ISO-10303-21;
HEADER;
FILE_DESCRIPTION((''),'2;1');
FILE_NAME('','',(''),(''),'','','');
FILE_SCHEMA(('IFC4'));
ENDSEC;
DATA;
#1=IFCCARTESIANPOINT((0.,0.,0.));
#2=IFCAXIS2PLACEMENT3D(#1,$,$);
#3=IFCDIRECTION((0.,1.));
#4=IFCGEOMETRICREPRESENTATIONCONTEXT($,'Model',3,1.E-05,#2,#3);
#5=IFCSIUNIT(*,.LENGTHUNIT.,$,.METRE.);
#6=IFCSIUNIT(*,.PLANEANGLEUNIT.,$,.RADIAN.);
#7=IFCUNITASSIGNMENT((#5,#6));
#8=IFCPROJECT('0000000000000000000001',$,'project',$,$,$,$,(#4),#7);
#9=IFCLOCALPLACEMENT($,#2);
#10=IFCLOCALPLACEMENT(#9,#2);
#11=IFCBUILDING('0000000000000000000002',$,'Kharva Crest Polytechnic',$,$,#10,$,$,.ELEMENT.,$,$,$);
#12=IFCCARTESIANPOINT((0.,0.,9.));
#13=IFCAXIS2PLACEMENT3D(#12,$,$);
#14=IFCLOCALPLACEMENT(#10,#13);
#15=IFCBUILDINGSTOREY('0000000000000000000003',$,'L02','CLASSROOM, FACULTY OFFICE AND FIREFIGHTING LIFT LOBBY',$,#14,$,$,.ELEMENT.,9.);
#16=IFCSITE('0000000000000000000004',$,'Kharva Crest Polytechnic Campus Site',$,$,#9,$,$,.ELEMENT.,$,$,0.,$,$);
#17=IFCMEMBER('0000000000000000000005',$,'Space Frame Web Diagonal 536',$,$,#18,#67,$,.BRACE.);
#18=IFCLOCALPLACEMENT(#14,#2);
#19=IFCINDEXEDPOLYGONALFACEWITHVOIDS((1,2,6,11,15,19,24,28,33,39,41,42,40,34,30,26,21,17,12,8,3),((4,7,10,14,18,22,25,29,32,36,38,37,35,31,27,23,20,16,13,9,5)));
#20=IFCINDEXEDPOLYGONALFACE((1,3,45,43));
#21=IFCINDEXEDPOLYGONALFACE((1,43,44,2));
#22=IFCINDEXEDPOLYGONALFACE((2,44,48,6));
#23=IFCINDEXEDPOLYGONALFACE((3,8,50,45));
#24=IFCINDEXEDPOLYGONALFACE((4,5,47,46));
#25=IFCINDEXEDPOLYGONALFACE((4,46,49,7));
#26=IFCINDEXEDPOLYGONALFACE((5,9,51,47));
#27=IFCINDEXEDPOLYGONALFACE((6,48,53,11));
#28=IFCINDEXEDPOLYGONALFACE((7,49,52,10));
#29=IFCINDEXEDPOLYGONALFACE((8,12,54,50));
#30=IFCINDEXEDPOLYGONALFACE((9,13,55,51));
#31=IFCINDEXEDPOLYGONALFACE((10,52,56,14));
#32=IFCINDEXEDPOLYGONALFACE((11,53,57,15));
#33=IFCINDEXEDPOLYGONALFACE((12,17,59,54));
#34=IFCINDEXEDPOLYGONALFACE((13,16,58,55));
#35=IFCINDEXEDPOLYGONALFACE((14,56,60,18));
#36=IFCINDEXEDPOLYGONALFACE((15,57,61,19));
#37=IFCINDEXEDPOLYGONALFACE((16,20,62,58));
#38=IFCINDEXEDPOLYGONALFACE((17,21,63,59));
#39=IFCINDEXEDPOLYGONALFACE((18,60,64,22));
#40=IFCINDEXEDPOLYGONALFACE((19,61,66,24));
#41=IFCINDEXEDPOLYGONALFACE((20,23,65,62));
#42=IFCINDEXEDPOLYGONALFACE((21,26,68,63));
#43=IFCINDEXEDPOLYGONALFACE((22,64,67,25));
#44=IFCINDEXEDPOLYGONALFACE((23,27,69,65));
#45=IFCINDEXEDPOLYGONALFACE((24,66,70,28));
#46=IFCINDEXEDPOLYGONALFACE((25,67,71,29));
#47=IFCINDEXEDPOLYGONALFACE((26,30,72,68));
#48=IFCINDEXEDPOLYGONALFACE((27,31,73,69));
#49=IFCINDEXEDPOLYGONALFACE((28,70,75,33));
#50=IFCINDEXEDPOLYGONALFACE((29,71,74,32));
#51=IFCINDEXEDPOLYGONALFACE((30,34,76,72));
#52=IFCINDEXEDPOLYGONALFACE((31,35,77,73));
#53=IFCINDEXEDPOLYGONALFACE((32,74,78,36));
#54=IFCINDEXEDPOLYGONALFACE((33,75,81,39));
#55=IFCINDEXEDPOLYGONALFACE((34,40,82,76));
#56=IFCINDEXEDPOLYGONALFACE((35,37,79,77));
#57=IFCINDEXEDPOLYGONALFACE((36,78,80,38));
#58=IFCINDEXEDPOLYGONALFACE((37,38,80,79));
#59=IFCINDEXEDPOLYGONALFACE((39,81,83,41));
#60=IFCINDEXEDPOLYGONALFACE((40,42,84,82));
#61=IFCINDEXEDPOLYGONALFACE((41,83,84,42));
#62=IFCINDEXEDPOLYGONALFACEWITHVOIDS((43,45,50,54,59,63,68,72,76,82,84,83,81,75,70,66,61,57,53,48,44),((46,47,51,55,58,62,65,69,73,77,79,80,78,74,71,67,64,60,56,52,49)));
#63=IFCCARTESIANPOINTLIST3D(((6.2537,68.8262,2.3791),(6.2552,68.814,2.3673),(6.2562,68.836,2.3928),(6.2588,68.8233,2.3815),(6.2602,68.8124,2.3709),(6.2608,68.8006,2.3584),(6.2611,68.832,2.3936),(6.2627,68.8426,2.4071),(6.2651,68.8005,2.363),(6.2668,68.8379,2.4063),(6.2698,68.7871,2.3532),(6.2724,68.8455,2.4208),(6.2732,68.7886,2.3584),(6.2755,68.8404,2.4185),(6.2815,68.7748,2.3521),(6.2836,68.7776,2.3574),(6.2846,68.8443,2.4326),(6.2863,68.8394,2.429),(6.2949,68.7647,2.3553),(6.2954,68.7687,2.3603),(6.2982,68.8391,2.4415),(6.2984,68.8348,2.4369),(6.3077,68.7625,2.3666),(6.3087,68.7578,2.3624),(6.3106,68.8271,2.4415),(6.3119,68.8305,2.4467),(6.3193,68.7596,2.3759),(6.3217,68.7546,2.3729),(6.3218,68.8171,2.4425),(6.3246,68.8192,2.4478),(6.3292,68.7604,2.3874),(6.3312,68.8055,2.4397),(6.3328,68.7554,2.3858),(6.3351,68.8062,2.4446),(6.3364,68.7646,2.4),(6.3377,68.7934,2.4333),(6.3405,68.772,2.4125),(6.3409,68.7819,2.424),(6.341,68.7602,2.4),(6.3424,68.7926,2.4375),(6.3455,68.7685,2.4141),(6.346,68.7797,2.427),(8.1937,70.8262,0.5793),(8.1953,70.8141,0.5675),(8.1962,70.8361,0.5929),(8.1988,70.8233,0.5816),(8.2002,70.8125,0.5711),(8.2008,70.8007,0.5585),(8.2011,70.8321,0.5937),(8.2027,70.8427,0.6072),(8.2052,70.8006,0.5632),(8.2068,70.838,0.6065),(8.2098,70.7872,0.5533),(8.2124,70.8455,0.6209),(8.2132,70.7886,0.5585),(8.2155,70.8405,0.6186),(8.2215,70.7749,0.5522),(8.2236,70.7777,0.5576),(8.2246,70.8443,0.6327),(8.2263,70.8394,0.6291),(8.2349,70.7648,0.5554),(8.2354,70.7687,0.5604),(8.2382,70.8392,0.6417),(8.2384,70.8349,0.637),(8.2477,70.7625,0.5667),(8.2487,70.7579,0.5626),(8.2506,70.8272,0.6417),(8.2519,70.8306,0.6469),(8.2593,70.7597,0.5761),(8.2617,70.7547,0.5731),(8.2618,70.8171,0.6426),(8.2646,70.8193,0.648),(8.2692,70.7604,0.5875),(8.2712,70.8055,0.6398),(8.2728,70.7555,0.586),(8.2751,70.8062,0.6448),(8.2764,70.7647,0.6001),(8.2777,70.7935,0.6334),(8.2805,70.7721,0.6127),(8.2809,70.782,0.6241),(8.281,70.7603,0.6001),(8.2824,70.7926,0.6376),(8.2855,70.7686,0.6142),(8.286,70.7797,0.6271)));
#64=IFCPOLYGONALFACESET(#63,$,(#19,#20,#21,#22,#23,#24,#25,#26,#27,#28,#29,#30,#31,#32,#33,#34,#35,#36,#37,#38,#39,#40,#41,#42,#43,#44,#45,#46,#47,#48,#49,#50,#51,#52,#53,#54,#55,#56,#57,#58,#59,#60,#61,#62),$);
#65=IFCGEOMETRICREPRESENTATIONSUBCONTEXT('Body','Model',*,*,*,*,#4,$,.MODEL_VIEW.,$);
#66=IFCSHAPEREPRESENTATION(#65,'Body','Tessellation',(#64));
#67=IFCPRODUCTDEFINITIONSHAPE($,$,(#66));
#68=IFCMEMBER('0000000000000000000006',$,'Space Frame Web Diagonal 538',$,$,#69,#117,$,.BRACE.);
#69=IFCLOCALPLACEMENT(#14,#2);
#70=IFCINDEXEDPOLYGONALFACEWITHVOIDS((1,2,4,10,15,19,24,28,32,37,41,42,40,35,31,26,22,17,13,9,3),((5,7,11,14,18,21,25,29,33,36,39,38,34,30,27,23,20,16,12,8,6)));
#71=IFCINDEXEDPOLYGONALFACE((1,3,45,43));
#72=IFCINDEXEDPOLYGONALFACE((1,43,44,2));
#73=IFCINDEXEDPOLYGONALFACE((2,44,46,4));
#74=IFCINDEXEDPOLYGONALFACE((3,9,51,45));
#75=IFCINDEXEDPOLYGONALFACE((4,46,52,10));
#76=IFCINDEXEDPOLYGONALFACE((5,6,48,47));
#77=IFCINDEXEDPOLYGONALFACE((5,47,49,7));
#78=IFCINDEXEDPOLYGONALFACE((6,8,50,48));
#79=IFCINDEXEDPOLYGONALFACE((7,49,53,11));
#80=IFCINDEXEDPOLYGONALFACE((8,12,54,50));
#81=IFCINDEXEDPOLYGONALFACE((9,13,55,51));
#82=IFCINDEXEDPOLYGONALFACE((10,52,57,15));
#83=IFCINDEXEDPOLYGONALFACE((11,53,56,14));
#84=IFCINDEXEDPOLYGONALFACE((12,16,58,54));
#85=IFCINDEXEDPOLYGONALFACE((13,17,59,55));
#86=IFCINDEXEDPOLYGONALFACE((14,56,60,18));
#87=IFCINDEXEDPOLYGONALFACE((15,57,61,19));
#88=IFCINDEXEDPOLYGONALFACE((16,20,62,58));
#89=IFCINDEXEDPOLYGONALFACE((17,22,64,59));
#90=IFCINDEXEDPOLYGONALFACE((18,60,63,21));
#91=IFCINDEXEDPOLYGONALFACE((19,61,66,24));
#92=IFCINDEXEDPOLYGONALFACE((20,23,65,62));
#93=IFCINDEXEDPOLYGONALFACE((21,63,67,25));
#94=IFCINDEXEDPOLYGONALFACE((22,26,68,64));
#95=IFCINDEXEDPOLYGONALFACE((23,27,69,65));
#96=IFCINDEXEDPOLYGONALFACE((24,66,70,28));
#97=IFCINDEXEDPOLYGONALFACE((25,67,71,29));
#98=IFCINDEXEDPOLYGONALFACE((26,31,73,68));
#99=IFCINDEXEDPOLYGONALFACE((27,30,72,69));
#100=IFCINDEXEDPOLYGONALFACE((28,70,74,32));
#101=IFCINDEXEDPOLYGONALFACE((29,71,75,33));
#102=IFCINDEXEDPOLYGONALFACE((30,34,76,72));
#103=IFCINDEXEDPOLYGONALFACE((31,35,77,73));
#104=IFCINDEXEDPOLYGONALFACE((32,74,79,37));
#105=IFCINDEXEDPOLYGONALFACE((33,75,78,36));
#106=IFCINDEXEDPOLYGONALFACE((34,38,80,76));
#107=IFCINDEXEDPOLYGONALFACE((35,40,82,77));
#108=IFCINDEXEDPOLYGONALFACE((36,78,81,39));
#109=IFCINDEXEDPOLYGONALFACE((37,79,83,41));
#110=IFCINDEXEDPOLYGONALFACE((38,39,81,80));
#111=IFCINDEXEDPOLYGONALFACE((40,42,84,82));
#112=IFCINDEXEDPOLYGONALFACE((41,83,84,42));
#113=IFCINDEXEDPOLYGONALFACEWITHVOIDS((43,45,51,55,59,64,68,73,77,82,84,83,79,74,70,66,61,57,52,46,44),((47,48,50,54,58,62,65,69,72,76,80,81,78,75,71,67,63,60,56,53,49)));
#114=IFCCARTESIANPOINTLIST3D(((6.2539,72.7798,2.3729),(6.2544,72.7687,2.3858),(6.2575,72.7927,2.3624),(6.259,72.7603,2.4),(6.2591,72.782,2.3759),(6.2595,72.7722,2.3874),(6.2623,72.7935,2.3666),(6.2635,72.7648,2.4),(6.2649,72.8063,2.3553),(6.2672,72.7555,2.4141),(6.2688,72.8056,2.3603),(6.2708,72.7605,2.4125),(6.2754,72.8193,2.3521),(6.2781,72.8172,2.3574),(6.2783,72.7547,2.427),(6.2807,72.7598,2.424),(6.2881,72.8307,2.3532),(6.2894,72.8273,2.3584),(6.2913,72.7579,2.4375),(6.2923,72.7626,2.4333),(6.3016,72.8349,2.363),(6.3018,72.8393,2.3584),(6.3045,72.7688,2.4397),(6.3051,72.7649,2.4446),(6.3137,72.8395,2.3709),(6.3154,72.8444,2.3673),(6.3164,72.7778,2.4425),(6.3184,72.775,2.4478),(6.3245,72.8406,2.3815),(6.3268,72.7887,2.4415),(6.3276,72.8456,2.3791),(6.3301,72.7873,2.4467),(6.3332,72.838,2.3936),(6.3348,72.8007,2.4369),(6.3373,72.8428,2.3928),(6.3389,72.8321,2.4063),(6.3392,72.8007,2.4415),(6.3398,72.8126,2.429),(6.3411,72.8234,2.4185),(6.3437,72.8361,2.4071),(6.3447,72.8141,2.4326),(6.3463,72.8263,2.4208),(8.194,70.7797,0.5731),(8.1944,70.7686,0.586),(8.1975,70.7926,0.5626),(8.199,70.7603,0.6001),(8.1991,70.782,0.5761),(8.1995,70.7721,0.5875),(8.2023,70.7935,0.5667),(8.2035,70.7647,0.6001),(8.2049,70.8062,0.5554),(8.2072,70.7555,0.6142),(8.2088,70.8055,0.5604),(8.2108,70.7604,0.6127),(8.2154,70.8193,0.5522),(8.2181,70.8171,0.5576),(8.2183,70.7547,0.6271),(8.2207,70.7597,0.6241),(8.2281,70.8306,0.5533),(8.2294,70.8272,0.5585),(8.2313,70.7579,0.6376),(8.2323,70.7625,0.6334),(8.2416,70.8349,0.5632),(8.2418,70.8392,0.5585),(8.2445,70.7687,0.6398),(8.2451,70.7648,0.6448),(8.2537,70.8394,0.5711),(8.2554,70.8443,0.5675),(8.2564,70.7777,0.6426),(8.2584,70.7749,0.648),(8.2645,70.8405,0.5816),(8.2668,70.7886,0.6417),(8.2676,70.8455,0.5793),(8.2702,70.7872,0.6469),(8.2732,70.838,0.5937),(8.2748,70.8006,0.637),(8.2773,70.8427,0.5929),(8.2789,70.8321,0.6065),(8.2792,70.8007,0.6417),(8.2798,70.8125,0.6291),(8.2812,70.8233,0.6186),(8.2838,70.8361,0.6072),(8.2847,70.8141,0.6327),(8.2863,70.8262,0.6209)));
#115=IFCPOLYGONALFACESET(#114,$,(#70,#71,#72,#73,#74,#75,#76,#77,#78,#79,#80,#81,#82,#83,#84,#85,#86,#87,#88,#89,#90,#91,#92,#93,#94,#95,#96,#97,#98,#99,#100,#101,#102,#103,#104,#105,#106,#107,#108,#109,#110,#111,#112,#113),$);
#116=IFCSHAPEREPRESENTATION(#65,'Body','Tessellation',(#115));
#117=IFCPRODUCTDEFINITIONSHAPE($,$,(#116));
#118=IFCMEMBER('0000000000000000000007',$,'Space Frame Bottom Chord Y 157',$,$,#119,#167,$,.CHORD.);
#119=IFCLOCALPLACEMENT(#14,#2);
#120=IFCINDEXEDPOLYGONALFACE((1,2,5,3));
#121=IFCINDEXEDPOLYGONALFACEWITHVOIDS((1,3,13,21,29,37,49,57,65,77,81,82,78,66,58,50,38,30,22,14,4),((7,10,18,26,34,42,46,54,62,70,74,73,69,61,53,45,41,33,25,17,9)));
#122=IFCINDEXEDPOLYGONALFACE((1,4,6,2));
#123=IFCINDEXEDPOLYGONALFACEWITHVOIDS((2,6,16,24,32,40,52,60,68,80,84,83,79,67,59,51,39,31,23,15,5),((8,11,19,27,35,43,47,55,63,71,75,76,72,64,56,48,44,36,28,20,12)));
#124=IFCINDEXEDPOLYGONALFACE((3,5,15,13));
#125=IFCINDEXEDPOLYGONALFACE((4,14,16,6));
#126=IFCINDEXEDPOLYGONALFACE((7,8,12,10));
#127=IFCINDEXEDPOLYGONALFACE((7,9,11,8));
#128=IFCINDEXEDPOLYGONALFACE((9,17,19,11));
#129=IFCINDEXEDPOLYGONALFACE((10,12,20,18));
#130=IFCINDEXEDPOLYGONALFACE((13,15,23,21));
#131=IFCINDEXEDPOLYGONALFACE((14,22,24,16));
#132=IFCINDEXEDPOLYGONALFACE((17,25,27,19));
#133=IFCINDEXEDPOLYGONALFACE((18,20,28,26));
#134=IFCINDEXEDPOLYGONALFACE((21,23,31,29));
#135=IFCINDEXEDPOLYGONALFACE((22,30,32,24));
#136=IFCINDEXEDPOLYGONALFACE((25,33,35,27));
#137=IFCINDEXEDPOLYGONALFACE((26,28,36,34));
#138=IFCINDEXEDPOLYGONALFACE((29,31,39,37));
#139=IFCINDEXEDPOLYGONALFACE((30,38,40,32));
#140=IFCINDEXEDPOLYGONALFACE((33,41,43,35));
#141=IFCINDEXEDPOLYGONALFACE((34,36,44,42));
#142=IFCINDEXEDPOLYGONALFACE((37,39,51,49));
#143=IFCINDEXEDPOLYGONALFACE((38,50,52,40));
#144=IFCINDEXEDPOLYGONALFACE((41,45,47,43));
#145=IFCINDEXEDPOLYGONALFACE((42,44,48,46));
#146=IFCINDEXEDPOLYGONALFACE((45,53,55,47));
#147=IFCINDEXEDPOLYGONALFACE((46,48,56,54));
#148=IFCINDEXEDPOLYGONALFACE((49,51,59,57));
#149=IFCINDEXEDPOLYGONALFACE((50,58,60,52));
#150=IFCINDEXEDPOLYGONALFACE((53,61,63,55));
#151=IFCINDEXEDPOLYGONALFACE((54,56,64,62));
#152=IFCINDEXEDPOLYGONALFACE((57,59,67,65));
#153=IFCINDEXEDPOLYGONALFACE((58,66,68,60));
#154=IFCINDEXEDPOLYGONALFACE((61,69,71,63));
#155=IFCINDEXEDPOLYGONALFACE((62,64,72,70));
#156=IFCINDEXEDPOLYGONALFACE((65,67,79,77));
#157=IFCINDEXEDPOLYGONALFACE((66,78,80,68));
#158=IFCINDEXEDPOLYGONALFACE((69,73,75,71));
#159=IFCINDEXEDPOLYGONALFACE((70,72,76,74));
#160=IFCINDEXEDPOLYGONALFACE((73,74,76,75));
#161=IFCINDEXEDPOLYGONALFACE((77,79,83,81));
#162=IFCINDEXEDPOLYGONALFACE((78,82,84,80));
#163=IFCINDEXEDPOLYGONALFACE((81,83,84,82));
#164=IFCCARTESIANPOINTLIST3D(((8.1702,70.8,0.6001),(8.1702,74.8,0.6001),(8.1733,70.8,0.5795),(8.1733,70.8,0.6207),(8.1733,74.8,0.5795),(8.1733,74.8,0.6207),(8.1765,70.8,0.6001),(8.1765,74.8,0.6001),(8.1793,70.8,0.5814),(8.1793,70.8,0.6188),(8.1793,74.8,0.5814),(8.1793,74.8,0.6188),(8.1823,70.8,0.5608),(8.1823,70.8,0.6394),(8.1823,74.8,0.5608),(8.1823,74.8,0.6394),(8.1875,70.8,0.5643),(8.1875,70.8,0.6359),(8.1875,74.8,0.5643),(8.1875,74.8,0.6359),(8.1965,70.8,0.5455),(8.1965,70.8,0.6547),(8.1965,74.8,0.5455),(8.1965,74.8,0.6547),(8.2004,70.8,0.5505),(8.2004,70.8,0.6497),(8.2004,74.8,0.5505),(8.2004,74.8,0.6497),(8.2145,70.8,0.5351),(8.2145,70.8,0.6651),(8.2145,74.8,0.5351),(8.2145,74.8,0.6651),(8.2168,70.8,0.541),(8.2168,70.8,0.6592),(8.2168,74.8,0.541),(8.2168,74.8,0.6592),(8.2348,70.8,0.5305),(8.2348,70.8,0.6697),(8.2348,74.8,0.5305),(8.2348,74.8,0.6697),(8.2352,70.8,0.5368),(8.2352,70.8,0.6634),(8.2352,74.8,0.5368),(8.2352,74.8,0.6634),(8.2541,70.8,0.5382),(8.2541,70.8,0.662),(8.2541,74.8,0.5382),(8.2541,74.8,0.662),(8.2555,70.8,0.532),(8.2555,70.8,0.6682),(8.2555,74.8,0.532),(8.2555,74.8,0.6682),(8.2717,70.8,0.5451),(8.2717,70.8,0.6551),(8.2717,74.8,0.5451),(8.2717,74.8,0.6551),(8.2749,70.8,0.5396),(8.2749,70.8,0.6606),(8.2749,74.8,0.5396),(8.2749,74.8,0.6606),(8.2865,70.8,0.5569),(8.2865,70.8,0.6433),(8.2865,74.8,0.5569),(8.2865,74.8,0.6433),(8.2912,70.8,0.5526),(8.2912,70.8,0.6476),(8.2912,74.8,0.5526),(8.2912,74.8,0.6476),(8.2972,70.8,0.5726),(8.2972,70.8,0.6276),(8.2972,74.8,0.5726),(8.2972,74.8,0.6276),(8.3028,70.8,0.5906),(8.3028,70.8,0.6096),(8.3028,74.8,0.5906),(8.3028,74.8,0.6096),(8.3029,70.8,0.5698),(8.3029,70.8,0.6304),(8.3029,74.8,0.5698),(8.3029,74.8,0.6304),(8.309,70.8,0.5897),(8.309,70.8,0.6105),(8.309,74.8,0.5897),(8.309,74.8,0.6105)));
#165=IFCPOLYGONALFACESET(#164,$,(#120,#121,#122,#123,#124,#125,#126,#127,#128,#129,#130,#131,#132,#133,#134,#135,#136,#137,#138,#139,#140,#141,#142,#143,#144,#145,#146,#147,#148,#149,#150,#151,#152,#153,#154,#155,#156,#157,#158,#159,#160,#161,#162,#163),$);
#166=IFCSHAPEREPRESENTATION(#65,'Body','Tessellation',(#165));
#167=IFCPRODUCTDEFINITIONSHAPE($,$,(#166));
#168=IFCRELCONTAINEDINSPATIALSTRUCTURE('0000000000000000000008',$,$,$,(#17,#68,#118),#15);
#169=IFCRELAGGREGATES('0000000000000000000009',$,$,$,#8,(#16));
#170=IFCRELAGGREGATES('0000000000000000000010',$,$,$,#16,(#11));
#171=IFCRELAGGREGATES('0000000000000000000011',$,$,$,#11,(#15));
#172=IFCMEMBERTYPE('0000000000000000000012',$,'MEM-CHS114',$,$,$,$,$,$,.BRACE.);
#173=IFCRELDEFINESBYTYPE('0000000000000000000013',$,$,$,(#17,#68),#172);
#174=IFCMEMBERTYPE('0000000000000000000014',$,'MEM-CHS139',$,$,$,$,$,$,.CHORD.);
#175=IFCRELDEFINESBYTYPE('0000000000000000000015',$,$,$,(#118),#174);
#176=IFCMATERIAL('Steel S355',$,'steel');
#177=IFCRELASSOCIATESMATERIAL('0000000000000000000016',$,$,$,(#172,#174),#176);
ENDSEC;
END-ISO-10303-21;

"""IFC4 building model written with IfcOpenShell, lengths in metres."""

from ifc_helpers import new_model, si_unit, direction, frame, origin, origin_2d, place, context, subcontext, project, spatial, hollow_circle, extrude, material, material_profile, profile_set, type_object, element, save


model = new_model("IFC4")

# Units and contexts
model_context = context("Model", 3, precision=1e-05, world=origin(), true_north=direction((0.0, 1.0)))
body_context = subcontext(model_context, "Body", "Model", "MODEL_VIEW")
ifc_project = project(units=[si_unit("LENGTHUNIT", "METRE"), si_unit("PLANEANGLEUNIT", "RADIAN")], contexts=[model_context])

# Site, building, storey
site_placement = place(None, origin())
site = spatial("IfcSite", under=ifc_project, at=site_placement, Name="Kharva Crest Polytechnic Campus Site", CompositionType="ELEMENT", RefElevation=0.0)
building_placement = place(site_placement, origin())
building = spatial("IfcBuilding", under=site, at=building_placement, Name="Kharva Crest Polytechnic", CompositionType="ELEMENT")
storey_placement = place(building_placement, frame((0.0, 0.0, 9.0)))
storey = spatial("IfcBuildingStorey", under=building, at=storey_placement, Name="L02", Description="CLASSROOM, FACULTY OFFICE AND FIREFIGHTING LIFT LOBBY", CompositionType="ELEMENT", Elevation=9.0)

# Shared definitions
ifc_material_1 = material(Name="Steel S355", Category="steel")

# Members
ifc_material_profile_1 = material_profile(ifc_material_1, hollow_circle(Radius=0.0571, WallThickness=0.0063, at=origin_2d()), Name="CHS 114.3X6.3")
ifc_profile_set_1 = profile_set([ifc_material_profile_1], Name="Steel S355")
member_type_1 = type_object("IfcMemberType", Name="MEM-CHS114", PredefinedType="BRACE", material=ifc_profile_set_1)
for number, where, z_axis, x_axis, name in (
    (1, (8.24, 70.8, 0.6001), (-0.584843, -0.60295, 0.542596), (0.717802, -0.696247, 0.0), "Space Frame Web Diagonal 536"),
    (2, (8.24, 70.8, 0.6001), (-0.584843, 0.60295, 0.542596), (-0.717802, -0.696247, 0.0), "Space Frame Web Diagonal 538"),
):
    element("IfcMember", number, at=place(storey_placement, frame(where, z_axis=z_axis, x_axis=x_axis)), inside=storey, type_object=member_type_1, Name=name, PredefinedType="BRACE", context=body_context, shape_type="SweptSolid", body=[
        extrude(hollow_circle(Radius=0.0571, WallThickness=0.0063, at=origin_2d()), origin(), (0.0, 0.0, 1.0), 3.3171),
    ])
ifc_material_profile_2 = material_profile(ifc_material_1, hollow_circle(Radius=0.0698, WallThickness=0.0063, at=origin_2d()), Name="CHS 139.7X6.3")
ifc_profile_set_2 = profile_set([ifc_material_profile_2], Name="Steel S355")
member_type_2 = type_object("IfcMemberType", Name="MEM-CHS139", PredefinedType="CHORD", material=ifc_profile_set_2)
for number, where, z_axis, x_axis, name in (
    (3, (8.24, 70.8, 0.6001), (0.0, 1.0, 0.0), (-1.0, 0.0, 0.0), "Space Frame Bottom Chord Y 157"),
):
    element("IfcMember", number, at=place(storey_placement, frame(where, z_axis=z_axis, x_axis=x_axis)), inside=storey, type_object=member_type_2, Name=name, PredefinedType="CHORD", context=body_context, shape_type="SweptSolid", body=[
        extrude(hollow_circle(Radius=0.0698, WallThickness=0.0063, at=origin_2d()), origin(), (0.0, 0.0, 1.0), 4.0),
    ])

save(model, "model.ifc")
